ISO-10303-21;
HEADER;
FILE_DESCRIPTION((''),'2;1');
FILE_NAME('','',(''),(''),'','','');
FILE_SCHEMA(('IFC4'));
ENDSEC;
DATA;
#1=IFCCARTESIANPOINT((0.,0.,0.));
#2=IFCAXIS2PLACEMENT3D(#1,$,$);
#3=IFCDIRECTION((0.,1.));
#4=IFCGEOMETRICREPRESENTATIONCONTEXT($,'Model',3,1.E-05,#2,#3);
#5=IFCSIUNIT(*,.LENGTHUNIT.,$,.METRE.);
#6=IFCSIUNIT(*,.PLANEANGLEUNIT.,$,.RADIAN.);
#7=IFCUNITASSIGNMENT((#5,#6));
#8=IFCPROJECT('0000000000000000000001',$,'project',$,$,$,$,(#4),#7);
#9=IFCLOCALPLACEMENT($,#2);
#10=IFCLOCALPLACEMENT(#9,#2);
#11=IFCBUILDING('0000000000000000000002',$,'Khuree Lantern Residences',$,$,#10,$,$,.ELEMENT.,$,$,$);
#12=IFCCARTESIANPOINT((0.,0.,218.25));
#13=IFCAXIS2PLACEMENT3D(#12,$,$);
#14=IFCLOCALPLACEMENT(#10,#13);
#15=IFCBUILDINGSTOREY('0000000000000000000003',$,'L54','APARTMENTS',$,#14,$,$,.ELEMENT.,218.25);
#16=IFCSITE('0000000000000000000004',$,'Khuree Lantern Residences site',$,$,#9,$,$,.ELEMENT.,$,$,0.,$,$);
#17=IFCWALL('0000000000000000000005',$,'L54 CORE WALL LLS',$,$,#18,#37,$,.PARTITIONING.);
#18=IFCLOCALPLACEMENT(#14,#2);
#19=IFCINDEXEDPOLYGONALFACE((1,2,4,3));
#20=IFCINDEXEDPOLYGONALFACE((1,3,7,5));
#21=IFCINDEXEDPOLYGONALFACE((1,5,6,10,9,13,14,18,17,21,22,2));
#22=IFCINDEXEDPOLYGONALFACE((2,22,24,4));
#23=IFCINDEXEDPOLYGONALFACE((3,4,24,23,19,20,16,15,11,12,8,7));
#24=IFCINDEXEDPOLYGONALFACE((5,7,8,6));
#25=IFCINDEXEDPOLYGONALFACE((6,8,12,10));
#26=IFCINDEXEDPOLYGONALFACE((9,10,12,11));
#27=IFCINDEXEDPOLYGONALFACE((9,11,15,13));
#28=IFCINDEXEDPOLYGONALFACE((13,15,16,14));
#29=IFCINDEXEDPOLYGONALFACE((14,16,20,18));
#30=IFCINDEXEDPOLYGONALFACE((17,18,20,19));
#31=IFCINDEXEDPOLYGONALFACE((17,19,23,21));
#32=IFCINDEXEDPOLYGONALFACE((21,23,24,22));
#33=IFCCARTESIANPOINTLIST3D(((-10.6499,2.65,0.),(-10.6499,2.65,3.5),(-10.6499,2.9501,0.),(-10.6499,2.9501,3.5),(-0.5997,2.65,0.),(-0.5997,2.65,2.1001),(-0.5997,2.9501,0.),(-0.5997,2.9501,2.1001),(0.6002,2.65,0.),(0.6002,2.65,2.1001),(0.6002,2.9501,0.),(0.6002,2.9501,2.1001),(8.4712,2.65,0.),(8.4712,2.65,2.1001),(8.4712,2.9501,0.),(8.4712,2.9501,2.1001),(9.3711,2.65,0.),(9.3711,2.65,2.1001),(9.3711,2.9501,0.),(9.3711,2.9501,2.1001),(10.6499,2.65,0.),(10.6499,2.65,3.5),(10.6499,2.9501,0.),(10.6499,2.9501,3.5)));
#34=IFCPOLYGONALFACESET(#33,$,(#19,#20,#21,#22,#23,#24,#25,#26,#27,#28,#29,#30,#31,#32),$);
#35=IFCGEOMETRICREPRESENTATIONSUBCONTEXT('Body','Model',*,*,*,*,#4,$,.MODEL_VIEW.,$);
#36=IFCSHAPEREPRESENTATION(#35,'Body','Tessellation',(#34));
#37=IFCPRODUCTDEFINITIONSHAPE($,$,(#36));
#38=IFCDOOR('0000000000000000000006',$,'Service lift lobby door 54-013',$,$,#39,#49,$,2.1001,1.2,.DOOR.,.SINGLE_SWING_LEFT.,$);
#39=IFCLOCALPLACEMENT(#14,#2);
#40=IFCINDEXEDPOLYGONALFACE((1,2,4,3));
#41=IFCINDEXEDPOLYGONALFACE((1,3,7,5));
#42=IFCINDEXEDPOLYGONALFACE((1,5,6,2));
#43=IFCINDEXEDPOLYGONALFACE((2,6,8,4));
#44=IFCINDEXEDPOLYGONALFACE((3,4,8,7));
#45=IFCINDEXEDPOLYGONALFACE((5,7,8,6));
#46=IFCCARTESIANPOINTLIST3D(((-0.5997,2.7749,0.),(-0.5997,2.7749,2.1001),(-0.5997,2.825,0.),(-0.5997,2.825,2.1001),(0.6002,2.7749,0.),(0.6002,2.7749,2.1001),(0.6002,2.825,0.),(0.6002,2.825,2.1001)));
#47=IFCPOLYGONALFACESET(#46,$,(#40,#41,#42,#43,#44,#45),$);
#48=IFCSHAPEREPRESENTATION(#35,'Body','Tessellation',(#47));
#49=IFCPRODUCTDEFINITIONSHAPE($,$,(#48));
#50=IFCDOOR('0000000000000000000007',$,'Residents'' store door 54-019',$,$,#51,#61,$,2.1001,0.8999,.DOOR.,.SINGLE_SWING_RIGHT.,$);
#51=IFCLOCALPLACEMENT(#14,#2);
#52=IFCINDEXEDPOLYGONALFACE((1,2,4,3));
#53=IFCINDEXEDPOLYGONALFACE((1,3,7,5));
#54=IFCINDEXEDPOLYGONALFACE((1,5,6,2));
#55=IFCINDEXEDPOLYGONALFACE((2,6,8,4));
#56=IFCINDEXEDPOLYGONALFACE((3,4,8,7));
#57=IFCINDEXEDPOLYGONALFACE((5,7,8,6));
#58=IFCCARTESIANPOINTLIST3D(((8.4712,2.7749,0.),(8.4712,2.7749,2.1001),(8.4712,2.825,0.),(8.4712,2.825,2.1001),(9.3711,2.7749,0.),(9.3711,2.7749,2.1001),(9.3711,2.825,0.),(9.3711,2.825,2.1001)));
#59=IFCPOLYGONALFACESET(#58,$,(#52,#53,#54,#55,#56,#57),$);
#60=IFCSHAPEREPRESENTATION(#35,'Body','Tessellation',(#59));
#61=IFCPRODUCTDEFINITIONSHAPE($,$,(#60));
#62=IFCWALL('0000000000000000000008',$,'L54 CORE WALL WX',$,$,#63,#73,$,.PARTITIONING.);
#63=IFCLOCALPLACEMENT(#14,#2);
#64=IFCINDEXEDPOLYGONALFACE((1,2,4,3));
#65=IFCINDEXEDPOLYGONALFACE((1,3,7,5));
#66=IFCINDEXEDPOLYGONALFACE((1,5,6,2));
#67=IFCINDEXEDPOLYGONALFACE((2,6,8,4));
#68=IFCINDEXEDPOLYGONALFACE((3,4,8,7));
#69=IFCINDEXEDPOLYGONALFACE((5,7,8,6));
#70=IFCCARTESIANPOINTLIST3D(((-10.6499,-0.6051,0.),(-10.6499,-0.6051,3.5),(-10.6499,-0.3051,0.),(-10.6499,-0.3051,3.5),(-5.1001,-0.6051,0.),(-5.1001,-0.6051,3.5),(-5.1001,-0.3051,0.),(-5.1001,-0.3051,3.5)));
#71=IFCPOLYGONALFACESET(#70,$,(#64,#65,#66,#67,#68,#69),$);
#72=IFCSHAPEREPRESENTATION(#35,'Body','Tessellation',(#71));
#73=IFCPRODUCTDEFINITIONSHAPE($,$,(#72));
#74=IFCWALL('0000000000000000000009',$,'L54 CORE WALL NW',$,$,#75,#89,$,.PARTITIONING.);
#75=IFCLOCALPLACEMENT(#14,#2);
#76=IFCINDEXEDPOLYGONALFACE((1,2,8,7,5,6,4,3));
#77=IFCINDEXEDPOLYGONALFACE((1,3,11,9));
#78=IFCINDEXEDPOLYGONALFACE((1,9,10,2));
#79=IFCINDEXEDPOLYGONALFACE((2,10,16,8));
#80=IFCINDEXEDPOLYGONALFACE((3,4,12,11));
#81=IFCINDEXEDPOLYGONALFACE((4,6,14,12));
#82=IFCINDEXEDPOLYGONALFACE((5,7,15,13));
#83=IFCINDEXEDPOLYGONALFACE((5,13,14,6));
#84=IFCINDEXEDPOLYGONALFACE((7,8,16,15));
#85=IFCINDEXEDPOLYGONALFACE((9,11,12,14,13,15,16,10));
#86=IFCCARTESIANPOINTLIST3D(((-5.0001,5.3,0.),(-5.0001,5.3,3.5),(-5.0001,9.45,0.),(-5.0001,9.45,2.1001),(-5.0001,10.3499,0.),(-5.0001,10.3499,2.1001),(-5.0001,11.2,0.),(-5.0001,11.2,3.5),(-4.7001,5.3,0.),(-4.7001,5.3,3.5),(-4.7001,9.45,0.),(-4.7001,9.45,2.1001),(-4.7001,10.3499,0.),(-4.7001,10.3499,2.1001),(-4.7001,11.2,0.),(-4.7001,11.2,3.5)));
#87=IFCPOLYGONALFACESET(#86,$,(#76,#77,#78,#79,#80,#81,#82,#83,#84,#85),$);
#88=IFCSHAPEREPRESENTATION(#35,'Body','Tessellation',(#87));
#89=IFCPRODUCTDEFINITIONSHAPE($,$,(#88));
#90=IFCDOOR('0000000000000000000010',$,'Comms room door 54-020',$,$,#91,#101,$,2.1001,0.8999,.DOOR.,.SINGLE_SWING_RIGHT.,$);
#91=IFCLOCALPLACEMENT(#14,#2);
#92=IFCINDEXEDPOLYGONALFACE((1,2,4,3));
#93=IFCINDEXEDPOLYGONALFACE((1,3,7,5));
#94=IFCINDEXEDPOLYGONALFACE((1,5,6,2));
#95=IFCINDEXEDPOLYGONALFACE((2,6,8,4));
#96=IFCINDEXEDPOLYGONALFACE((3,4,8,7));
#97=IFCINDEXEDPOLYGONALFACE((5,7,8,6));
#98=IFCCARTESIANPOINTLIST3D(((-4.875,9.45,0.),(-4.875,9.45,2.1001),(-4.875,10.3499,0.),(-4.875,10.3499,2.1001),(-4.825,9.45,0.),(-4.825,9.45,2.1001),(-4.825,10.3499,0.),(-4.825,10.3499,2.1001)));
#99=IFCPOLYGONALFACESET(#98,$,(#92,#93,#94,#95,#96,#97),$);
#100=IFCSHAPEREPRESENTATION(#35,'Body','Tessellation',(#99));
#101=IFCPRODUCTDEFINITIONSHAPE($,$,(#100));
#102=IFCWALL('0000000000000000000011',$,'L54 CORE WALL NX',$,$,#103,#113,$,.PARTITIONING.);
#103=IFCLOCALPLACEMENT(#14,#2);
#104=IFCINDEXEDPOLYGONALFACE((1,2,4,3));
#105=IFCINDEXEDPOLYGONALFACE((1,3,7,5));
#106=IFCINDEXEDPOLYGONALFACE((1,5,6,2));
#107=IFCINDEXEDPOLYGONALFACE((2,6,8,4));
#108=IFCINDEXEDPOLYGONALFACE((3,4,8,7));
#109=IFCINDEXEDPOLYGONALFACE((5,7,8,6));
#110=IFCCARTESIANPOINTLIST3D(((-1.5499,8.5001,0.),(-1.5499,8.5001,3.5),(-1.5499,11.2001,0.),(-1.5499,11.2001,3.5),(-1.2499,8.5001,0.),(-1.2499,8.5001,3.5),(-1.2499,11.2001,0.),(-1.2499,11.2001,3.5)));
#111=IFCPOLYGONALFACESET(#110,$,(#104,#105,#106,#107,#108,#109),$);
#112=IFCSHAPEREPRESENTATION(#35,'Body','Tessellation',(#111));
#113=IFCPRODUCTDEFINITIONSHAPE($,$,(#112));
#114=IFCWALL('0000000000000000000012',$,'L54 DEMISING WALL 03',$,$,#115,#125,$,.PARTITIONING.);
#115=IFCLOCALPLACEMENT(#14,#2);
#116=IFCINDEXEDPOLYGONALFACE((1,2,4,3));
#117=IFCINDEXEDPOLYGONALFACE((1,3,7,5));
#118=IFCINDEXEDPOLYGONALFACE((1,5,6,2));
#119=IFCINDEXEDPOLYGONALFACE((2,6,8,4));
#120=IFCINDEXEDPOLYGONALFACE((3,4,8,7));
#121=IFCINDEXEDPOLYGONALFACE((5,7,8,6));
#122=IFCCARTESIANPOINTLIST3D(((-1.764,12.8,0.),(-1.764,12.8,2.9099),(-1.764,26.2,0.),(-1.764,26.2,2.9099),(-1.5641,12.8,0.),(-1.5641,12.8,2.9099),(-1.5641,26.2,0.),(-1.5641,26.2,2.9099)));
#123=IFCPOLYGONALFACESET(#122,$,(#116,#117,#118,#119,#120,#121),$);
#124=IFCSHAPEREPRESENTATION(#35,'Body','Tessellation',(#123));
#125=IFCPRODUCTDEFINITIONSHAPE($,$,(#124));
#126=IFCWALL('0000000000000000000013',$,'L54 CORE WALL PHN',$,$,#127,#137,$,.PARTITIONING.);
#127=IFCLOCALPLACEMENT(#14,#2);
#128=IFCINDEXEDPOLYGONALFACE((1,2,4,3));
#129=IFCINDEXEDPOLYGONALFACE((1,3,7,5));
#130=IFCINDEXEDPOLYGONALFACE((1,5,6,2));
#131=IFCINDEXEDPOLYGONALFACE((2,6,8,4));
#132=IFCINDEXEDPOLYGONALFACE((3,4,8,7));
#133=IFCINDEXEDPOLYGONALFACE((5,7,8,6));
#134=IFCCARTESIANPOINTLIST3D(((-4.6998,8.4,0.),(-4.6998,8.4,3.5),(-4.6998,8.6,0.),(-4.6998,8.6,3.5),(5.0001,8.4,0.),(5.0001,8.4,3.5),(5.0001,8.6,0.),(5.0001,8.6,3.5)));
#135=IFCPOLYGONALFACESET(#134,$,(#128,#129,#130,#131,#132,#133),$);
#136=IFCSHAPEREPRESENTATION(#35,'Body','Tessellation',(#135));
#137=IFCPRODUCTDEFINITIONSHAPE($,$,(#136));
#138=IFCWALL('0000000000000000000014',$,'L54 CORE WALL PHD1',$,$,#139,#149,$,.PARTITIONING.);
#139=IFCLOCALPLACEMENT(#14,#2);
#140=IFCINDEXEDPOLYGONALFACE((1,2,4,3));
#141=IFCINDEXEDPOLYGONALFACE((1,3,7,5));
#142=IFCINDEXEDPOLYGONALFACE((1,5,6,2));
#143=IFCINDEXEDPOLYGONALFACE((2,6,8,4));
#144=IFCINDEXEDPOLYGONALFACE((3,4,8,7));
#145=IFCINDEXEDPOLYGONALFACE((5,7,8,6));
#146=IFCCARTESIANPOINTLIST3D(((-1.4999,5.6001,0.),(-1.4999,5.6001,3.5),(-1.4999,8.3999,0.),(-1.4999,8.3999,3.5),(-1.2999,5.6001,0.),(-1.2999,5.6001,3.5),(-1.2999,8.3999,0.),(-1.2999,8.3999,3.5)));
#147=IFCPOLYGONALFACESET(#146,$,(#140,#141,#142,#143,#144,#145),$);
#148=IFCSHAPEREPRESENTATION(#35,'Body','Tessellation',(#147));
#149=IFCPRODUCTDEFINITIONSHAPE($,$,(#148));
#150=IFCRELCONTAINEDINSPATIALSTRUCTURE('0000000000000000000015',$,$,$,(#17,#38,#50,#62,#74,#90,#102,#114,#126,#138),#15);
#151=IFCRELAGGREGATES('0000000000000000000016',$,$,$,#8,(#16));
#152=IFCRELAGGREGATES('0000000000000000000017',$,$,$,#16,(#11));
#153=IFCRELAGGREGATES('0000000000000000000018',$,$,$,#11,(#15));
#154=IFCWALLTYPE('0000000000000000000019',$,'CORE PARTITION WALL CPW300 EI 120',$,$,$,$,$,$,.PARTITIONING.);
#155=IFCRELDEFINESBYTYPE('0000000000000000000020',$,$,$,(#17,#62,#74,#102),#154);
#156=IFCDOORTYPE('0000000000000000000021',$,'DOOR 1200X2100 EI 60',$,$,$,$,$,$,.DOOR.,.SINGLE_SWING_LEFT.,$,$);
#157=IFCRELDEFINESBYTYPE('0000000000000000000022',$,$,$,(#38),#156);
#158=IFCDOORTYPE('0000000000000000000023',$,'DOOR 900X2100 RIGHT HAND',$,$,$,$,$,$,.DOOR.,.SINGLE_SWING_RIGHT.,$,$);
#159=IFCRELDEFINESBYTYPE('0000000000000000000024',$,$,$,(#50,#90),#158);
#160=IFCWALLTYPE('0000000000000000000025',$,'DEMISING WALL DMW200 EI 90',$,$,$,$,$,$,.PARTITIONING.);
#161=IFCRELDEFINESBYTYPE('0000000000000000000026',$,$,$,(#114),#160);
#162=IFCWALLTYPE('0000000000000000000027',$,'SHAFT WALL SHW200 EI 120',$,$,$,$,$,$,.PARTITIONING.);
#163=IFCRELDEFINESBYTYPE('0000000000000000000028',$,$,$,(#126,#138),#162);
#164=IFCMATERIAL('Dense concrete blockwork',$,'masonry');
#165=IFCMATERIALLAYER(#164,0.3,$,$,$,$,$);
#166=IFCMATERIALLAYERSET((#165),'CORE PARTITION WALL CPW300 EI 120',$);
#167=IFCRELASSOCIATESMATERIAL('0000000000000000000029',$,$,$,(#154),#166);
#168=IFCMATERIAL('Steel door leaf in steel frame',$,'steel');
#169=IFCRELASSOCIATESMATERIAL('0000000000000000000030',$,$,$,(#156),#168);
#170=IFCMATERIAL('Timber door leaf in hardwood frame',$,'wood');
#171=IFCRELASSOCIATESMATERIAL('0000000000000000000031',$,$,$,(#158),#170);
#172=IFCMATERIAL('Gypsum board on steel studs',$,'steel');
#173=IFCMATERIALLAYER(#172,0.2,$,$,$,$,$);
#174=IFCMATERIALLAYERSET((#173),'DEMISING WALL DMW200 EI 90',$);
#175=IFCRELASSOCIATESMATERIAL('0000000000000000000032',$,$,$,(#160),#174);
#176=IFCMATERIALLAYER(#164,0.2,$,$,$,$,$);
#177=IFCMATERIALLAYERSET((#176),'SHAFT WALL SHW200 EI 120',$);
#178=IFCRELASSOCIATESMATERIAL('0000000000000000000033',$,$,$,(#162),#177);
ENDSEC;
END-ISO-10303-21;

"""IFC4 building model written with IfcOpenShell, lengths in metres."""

from ifc_helpers import new_model, si_unit, direction, frame, frame_2d, origin, place, context, subcontext, project, spatial, rectangle, extrude, material, layer, layer_set, type_object, element, fill, save


model = new_model("IFC4")

# Units and contexts
model_context = context("Model", 3, precision=1e-05, world=origin(), true_north=direction((0.0, 1.0)))
body_context = subcontext(model_context, "Body", "Model", "MODEL_VIEW")
ifc_project = project(units=[si_unit("LENGTHUNIT", "METRE"), si_unit("PLANEANGLEUNIT", "RADIAN")], contexts=[model_context])

# Site, building, storey
site_placement = place(None, origin())
site = spatial("IfcSite", under=ifc_project, at=site_placement, Name="Khuree Lantern Residences site", CompositionType="ELEMENT", RefElevation=0.0)
building_placement = place(site_placement, origin())
building = spatial("IfcBuilding", under=site, at=building_placement, Name="Khuree Lantern Residences", CompositionType="ELEMENT")
storey_placement = place(building_placement, frame((0.0, 0.0, 218.25)))
storey = spatial("IfcBuildingStorey", under=building, at=storey_placement, Name="L54", Description="APARTMENTS", CompositionType="ELEMENT", Elevation=218.25)

# Shared definitions
ifc_material_1 = material(Name="Timber door leaf in hardwood frame", Category="wood")

# Shared definitions
ifc_material_2 = material(Name="Dense concrete blockwork", Category="masonry")
ifc_layer_1 = layer(ifc_material_2, 0.3)
ifc_layer_set_1 = layer_set([ifc_layer_1], Name="CORE PARTITION WALL CPW300 EI 120")
wall_type_1 = type_object("IfcWallType", Name="CORE PARTITION WALL CPW300 EI 120", PredefinedType="PARTITIONING", material=ifc_layer_set_1)

# Wall, openings, doors
wall_1_placement = place(storey_placement, frame((-10.6499, 2.8, 0.0), z_axis=(0.0, 0.0, 1.0), x_axis=(1.0, 0.0, 0.0)))
wall_1 = element("IfcWall", 1, at=wall_1_placement, inside=storey, type_object=wall_type_1, Name="L54 CORE WALL LLS", PredefinedType="PARTITIONING", context=body_context, shape_type="SweptSolid", body=[
    extrude(rectangle(XDim=21.2998, YDim=0.3, at=frame_2d((10.6499, 0.0))), origin(), (0.0, 0.0, 1.0), 3.5),
])
opening_1_placement = place(wall_1_placement, frame((10.05, 0.0, 0.0)))
opening_1 = element("IfcOpeningElement", 2, at=opening_1_placement, cuts=wall_1, PredefinedType="OPENING", context=body_context, shape_type="SweptSolid", body=[
    extrude(rectangle(XDim=1.2, YDim=2.1001, at=frame_2d((0.6001, 1.05))), frame((0.0, 0.1602, 0.0), z_axis=(0.0, -1.0, 0.0), x_axis=(1.0, 0.0, 0.0)), (0.0, 0.0, 1.0), 0.3201),
])
opening_2_placement = place(wall_1_placement, frame((19.1211, 0.0, 0.0)))
opening_2 = element("IfcOpeningElement", 3, at=opening_2_placement, cuts=wall_1, PredefinedType="OPENING", context=body_context, shape_type="SweptSolid", body=[
    extrude(rectangle(XDim=0.8999, YDim=2.1001, at=frame_2d((0.45, 1.05))), frame((0.0, 0.1602, 0.0), z_axis=(0.0, -1.0, 0.0), x_axis=(1.0, 0.0, 0.0)), (0.0, 0.0, 1.0), 0.3201),
])
ifc_material_3 = material(Name="Steel door leaf in steel frame", Category="steel")
door_type_1 = type_object("IfcDoorType", Name="DOOR 1200X2100 EI 60", OperationType="SINGLE_SWING_LEFT", PredefinedType="DOOR", material=ifc_material_3)
door_1_placement = place(opening_1_placement, origin())
door_1 = element("IfcDoor", 4, at=door_1_placement, inside=storey, type_object=door_type_1, Name="Service lift lobby door 54-013", OperationType="SINGLE_SWING_LEFT", OverallHeight=2.1001, OverallWidth=1.2, PredefinedType="DOOR", context=body_context, shape_type="SweptSolid", body=[
    extrude(rectangle(XDim=1.2, YDim=2.1001, at=frame_2d((0.6001, 1.05))), frame((0.0, 0.0249, 0.0), z_axis=(0.0, -1.0, 0.0), x_axis=(1.0, 0.0, 0.0)), (0.0, 0.0, 1.0), 0.05),
])
fill(opening_1, door_1)
door_type_2 = type_object("IfcDoorType", Name="DOOR 900X2100 RIGHT HAND", OperationType="SINGLE_SWING_RIGHT", PredefinedType="DOOR", material=ifc_material_1)
door_2_placement = place(opening_2_placement, origin())
door_2 = element("IfcDoor", 5, at=door_2_placement, inside=storey, type_object=door_type_2, Name="Residents' store door 54-019", OperationType="SINGLE_SWING_RIGHT", OverallHeight=2.1001, OverallWidth=0.8999, PredefinedType="DOOR", context=body_context, shape_type="SweptSolid", body=[
    extrude(rectangle(XDim=0.8999, YDim=2.1001, at=frame_2d((0.45, 1.05))), frame((0.0, 0.0249, 0.0), z_axis=(0.0, -1.0, 0.0), x_axis=(1.0, 0.0, 0.0)), (0.0, 0.0, 1.0), 0.05),
])
fill(opening_2, door_2)

# Wall
wall_2_placement = place(storey_placement, frame((-10.6499, -0.4551, 0.0), z_axis=(0.0, 0.0, 1.0), x_axis=(1.0, 0.0, 0.0)))
element("IfcWall", 6, at=wall_2_placement, inside=storey, type_object=wall_type_1, Name="L54 CORE WALL WX", PredefinedType="PARTITIONING", context=body_context, shape_type="SweptSolid", body=[
    extrude(rectangle(XDim=5.5498, YDim=0.3, at=frame_2d((2.7749, 0.0))), origin(), (0.0, 0.0, 1.0), 3.5),
])

# Wall, opening, door
wall_3_placement = place(storey_placement, frame((-4.8501, 5.3, 0.0), z_axis=(0.0, 0.0, 1.0), x_axis=(0.0, 1.0, 0.0)))
wall_3 = element("IfcWall", 7, at=wall_3_placement, inside=storey, type_object=wall_type_1, Name="L54 CORE WALL NW", PredefinedType="PARTITIONING", context=body_context, shape_type="SweptSolid", body=[
    extrude(rectangle(XDim=5.8999, YDim=0.3, at=frame_2d((2.95, 0.0))), origin(), (0.0, 0.0, 1.0), 3.5),
])
opening_3_placement = place(wall_3_placement, frame((4.1499, 0.0, 0.0)))
opening_3 = element("IfcOpeningElement", 8, at=opening_3_placement, cuts=wall_3, PredefinedType="OPENING", context=body_context, shape_type="SweptSolid", body=[
    extrude(rectangle(XDim=0.8999, YDim=2.1001, at=frame_2d((0.45, 1.05))), frame((0.0, 0.1602, 0.0), z_axis=(0.0, -1.0, 0.0), x_axis=(1.0, 0.0, 0.0)), (0.0, 0.0, 1.0), 0.3201),
])
door_3_placement = place(opening_3_placement, origin())
door_3 = element("IfcDoor", 9, at=door_3_placement, inside=storey, type_object=door_type_2, Name="Comms room door 54-020", OperationType="SINGLE_SWING_RIGHT", OverallHeight=2.1001, OverallWidth=0.8999, PredefinedType="DOOR", context=body_context, shape_type="SweptSolid", body=[
    extrude(rectangle(XDim=0.8999, YDim=2.1001, at=frame_2d((0.45, 1.05))), frame((0.0, 0.0249, 0.0), z_axis=(0.0, -1.0, 0.0), x_axis=(1.0, 0.0, 0.0)), (0.0, 0.0, 1.0), 0.05),
])
fill(opening_3, door_3)

# Walls
wall_4_placement = place(storey_placement, frame((-1.3999, 8.5, 0.0), z_axis=(0.0, 0.0, 1.0), x_axis=(0.0, 1.0, 0.0)))
element("IfcWall", 10, at=wall_4_placement, inside=storey, type_object=wall_type_1, Name="L54 CORE WALL NX", PredefinedType="PARTITIONING", context=body_context, shape_type="SweptSolid", body=[
    extrude(rectangle(XDim=2.7, YDim=0.3, at=frame_2d((1.3501, 0.0))), origin(), (0.0, 0.0, 1.0), 3.5),
])
ifc_material_4 = material(Name="Gypsum board on steel studs", Category="steel")
ifc_layer_2 = layer(ifc_material_4, 0.2)
ifc_layer_set_2 = layer_set([ifc_layer_2], Name="DEMISING WALL DMW200 EI 90")
wall_type_2 = type_object("IfcWallType", Name="DEMISING WALL DMW200 EI 90", PredefinedType="PARTITIONING", material=ifc_layer_set_2)
wall_5_placement = place(storey_placement, frame((-1.6641, 12.8, 0.0), z_axis=(0.0, 0.0, 1.0), x_axis=(0.0, 1.0, 0.0)))
element("IfcWall", 11, at=wall_5_placement, inside=storey, type_object=wall_type_2, Name="L54 DEMISING WALL 03", PredefinedType="PARTITIONING", context=body_context, shape_type="SweptSolid", body=[
    extrude(rectangle(XDim=13.3999, YDim=0.2, at=frame_2d((6.7, 0.0))), origin(), (0.0, 0.0, 1.0), 2.9099),
])
ifc_layer_3 = layer(ifc_material_2, 0.2)
ifc_layer_set_3 = layer_set([ifc_layer_3], Name="SHAFT WALL SHW200 EI 120")
wall_type_3 = type_object("IfcWallType", Name="SHAFT WALL SHW200 EI 120", PredefinedType="PARTITIONING", material=ifc_layer_set_3)
wall_6_placement = place(storey_placement, frame((-4.7, 8.5, 0.0), z_axis=(0.0, 0.0, 1.0), x_axis=(1.0, 0.0, 0.0)))
element("IfcWall", 12, at=wall_6_placement, inside=storey, type_object=wall_type_3, Name="L54 CORE WALL PHN", PredefinedType="PARTITIONING", context=body_context, shape_type="SweptSolid", body=[
    extrude(rectangle(XDim=9.7, YDim=0.2, at=frame_2d((4.8501, 0.0))), origin(), (0.0, 0.0, 1.0), 3.5),
])
wall_7_placement = place(storey_placement, frame((-1.3999, 5.6001, 0.0), z_axis=(0.0, 0.0, 1.0), x_axis=(0.0, 1.0, 0.0)))
element("IfcWall", 13, at=wall_7_placement, inside=storey, type_object=wall_type_3, Name="L54 CORE WALL PHD1", PredefinedType="PARTITIONING", context=body_context, shape_type="SweptSolid", body=[
    extrude(rectangle(XDim=2.7998, YDim=0.2, at=frame_2d((1.3999, 0.0))), origin(), (0.0, 0.0, 1.0), 3.5),
])

save(model, "model.ifc")
